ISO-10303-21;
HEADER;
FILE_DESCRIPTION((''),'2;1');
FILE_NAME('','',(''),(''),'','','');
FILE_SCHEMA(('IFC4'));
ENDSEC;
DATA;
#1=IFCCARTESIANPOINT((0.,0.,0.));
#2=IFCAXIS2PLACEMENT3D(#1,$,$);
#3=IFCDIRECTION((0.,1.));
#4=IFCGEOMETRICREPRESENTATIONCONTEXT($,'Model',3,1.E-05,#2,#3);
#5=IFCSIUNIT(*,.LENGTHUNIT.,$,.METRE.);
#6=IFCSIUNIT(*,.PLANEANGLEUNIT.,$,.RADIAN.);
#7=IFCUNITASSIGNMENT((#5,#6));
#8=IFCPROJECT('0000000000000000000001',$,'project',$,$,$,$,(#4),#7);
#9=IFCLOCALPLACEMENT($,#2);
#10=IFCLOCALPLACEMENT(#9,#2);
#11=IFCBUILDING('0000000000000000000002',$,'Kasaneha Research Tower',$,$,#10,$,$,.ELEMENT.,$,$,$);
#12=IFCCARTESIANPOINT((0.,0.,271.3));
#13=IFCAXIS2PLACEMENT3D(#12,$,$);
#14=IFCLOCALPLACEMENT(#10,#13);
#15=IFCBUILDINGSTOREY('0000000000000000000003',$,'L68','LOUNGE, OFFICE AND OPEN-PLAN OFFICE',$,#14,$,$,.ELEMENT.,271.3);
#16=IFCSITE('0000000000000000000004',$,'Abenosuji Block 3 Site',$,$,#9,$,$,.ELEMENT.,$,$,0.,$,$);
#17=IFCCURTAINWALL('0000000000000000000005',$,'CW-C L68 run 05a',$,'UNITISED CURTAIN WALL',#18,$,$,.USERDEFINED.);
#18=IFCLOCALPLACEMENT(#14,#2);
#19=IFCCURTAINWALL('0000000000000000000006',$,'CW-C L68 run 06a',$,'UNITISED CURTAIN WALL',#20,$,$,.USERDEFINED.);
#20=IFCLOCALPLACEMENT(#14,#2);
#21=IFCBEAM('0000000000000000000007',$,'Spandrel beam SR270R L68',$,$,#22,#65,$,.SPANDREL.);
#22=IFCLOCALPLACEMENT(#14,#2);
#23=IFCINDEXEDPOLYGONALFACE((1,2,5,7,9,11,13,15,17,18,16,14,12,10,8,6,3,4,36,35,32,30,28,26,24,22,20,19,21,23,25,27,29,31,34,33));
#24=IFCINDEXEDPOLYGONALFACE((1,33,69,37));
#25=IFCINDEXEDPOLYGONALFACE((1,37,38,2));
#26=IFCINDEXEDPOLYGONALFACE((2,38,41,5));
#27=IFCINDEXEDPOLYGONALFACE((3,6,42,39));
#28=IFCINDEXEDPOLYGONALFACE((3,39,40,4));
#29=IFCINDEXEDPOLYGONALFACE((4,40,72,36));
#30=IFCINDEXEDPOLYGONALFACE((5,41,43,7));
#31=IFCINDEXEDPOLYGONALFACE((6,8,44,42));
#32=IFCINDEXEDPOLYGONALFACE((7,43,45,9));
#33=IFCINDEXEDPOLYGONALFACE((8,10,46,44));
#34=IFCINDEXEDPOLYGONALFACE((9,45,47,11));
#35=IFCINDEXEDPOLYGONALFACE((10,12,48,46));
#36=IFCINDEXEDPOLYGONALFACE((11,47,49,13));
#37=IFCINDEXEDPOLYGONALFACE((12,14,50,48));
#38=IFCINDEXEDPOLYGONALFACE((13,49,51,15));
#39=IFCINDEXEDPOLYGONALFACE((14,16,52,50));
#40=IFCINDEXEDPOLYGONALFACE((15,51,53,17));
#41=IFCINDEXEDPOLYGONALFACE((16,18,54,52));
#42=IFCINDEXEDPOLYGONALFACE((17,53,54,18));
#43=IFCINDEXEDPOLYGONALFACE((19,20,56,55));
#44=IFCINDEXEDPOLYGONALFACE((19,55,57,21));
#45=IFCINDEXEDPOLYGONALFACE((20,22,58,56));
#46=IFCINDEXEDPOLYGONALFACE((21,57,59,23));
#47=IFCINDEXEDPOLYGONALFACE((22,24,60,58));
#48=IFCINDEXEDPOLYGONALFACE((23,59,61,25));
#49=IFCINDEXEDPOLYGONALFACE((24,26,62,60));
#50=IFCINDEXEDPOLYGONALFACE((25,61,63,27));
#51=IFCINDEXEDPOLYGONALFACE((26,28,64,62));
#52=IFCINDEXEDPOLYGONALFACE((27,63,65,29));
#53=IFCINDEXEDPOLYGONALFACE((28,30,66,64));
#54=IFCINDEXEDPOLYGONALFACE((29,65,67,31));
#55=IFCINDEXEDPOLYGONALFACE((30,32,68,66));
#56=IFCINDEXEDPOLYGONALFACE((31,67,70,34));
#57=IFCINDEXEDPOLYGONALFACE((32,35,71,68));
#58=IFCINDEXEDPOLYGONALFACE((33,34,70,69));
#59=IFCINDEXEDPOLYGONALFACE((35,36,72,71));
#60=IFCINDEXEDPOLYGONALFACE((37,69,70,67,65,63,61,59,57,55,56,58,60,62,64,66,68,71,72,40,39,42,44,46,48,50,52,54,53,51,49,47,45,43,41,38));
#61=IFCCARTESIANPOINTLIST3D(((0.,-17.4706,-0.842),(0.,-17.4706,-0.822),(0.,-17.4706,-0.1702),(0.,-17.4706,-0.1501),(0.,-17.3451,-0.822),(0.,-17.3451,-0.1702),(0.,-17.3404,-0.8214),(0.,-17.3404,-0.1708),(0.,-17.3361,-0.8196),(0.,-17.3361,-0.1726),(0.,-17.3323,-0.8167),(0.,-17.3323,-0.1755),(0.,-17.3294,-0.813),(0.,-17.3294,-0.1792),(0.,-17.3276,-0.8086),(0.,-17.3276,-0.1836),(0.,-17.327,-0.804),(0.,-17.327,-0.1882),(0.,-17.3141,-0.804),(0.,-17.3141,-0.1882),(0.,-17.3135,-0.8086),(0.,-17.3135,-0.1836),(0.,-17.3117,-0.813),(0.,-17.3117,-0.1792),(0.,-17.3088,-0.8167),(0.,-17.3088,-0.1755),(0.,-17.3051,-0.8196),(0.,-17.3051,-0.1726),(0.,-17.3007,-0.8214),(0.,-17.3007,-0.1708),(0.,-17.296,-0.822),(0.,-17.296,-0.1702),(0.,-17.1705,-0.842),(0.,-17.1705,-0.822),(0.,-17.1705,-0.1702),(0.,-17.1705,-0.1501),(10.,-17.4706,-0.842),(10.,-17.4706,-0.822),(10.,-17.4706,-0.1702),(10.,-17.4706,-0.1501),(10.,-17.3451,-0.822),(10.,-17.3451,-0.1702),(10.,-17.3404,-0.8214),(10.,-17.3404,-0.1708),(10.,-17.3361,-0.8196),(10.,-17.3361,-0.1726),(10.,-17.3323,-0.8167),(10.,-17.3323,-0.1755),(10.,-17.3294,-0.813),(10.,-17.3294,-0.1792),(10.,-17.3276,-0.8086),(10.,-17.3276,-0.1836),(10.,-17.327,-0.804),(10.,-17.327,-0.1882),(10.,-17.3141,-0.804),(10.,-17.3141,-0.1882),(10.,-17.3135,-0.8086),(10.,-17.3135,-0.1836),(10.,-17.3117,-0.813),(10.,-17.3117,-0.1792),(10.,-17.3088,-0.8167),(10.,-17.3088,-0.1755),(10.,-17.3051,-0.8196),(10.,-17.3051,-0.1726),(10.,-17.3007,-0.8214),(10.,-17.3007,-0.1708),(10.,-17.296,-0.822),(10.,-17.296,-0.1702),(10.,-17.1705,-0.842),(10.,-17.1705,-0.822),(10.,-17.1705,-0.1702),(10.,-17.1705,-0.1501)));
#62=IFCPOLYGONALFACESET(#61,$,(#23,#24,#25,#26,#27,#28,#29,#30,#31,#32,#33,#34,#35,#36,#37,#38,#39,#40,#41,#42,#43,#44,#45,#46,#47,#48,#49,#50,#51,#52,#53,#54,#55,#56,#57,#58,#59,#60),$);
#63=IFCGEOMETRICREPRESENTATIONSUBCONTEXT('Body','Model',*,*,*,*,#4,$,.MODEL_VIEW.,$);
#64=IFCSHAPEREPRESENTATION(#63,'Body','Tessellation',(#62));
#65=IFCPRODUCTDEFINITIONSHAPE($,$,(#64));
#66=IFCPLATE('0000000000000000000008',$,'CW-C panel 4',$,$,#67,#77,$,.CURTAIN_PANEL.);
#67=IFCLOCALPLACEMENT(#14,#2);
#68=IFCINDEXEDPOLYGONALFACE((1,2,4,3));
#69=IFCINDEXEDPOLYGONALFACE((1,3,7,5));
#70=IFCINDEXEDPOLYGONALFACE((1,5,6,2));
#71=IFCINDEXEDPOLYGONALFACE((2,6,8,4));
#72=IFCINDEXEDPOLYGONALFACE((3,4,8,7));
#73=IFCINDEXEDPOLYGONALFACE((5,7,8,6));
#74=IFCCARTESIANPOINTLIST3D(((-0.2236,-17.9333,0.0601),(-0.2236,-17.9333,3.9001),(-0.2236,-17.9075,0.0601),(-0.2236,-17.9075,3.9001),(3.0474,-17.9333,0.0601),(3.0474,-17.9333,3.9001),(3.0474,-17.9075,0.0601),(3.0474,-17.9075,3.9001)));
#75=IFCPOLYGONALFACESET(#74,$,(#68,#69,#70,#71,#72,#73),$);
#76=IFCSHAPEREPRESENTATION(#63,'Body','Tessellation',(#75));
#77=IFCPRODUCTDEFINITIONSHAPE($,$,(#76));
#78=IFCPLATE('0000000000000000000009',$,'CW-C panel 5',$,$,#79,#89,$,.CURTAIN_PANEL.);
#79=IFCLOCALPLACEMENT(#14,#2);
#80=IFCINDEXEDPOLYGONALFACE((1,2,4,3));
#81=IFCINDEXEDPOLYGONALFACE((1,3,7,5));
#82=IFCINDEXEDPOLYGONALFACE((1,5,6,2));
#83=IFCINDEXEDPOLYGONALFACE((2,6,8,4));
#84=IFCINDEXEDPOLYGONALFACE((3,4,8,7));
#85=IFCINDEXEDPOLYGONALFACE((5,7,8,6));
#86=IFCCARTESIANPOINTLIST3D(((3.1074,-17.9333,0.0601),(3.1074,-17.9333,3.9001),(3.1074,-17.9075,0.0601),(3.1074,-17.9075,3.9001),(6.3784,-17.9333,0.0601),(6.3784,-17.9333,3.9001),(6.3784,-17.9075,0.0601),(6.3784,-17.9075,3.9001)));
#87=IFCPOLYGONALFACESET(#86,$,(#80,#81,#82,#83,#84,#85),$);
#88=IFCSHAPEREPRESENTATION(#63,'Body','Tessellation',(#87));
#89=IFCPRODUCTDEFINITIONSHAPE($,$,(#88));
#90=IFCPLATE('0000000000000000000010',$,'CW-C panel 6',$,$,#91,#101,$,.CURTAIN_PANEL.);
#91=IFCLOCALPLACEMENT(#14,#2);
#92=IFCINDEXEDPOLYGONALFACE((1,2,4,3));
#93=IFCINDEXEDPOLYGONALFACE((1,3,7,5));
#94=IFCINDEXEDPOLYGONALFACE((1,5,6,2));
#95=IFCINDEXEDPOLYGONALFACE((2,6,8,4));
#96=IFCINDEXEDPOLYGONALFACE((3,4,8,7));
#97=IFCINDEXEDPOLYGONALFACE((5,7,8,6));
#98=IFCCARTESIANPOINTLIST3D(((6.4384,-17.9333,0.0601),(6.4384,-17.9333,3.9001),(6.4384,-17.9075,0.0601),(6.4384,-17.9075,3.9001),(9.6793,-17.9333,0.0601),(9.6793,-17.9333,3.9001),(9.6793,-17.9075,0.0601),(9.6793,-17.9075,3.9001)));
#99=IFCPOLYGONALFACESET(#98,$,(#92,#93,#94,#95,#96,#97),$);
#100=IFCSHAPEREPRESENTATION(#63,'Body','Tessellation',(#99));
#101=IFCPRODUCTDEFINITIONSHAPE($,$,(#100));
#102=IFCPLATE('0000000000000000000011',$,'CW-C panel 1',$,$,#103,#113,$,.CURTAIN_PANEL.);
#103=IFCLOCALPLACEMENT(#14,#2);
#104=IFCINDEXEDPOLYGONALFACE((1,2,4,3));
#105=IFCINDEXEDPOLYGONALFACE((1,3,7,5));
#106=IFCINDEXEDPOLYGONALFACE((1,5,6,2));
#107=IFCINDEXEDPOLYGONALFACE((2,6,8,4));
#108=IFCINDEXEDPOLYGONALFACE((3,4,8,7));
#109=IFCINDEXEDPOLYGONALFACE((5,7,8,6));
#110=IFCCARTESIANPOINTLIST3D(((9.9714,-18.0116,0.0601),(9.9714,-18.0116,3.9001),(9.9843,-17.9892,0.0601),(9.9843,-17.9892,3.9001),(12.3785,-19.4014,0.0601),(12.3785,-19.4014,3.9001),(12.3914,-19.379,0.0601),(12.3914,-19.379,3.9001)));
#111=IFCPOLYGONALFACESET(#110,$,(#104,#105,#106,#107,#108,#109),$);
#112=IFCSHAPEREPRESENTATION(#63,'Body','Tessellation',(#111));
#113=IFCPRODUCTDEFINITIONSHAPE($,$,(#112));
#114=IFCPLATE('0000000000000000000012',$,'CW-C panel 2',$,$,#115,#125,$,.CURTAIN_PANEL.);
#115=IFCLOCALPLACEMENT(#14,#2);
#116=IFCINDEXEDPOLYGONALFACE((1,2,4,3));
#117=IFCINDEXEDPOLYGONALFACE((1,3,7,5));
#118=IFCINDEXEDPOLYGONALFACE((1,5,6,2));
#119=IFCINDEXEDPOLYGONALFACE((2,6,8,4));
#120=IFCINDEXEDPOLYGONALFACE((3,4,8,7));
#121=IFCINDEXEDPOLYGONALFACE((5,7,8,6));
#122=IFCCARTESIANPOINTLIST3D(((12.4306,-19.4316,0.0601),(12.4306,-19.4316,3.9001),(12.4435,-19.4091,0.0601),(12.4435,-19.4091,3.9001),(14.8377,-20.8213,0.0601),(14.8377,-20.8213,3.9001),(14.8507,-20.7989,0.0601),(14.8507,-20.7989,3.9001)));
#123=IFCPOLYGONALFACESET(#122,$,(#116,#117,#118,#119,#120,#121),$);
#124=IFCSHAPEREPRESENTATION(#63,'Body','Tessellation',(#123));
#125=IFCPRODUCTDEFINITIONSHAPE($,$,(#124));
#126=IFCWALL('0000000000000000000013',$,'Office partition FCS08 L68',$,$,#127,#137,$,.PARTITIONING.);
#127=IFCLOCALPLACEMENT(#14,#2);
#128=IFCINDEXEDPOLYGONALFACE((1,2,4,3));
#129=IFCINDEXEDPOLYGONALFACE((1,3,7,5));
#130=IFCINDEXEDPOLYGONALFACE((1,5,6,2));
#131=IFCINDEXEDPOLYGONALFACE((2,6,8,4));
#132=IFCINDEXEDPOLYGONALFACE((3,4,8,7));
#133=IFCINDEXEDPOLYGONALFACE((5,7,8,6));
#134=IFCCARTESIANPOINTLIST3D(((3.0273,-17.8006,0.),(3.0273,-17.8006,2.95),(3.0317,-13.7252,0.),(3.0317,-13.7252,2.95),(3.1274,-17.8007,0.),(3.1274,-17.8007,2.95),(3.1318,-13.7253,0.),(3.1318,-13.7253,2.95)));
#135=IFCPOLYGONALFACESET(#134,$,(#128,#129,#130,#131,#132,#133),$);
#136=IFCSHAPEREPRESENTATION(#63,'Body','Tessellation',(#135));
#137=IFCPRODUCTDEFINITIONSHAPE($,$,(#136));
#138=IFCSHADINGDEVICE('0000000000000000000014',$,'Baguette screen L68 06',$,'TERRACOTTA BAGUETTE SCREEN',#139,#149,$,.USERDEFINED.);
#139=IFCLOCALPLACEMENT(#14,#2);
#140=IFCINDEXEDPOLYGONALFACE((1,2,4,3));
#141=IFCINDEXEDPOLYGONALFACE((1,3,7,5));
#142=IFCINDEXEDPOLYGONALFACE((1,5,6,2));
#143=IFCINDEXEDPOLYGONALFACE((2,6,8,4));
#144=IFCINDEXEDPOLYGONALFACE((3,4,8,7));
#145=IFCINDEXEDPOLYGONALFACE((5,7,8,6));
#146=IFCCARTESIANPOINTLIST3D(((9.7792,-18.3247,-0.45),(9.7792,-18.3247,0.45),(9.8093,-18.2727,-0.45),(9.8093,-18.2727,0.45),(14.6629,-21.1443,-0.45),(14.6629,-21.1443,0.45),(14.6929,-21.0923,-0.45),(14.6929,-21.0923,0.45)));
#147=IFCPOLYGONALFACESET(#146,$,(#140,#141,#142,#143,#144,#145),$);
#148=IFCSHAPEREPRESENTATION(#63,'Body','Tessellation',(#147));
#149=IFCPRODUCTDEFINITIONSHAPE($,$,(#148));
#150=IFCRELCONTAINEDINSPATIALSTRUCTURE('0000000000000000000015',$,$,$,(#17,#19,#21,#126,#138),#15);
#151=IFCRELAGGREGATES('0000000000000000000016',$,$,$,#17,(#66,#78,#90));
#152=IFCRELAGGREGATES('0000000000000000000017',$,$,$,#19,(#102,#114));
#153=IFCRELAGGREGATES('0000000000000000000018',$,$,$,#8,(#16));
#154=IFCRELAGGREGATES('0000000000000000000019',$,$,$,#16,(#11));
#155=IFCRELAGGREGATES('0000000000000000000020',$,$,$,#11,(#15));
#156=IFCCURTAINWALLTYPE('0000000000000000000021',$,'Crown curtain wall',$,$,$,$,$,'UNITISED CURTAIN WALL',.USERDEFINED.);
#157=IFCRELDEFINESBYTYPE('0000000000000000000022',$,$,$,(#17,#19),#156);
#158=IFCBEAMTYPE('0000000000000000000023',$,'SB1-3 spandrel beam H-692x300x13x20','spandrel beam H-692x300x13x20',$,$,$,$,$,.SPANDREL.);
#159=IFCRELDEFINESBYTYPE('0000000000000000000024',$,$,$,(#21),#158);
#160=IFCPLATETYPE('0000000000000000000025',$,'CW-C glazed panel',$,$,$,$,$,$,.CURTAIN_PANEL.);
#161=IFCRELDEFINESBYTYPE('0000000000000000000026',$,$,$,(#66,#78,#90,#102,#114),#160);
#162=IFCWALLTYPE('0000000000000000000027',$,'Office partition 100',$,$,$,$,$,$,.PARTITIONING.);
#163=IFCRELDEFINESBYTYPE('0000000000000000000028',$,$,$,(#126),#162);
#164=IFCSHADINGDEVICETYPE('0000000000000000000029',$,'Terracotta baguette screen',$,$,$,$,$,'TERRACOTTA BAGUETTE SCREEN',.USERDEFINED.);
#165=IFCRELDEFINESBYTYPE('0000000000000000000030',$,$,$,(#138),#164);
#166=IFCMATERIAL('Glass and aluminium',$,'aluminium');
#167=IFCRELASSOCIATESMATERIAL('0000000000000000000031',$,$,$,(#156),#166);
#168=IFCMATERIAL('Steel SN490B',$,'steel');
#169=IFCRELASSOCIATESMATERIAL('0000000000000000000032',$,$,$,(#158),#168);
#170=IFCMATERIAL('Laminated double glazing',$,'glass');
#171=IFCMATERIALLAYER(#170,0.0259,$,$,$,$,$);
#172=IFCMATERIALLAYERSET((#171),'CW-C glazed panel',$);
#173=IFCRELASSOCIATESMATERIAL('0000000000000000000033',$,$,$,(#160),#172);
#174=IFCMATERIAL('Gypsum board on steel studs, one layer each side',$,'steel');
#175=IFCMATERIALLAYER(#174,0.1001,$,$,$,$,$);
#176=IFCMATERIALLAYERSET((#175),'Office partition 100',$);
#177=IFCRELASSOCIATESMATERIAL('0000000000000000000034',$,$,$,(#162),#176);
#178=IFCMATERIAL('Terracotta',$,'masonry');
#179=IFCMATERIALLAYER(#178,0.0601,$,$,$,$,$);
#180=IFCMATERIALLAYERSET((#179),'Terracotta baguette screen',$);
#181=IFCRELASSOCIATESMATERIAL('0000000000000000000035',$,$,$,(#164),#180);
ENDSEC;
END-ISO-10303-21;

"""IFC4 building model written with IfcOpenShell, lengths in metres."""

from ifc_helpers import new_model, si_unit, direction, frame, frame_2d, origin, origin_2d, place, context, subcontext, project, spatial, rectangle, i_section, extrude, material, layer, layer_set, material_profile, profile_set, type_object, element, aggregate, save


model = new_model("IFC4")

# Units and contexts
model_context = context("Model", 3, precision=1e-05, world=origin(), true_north=direction((0.0, 1.0)))
body_context = subcontext(model_context, "Body", "Model", "MODEL_VIEW")
ifc_project = project(units=[si_unit("LENGTHUNIT", "METRE"), si_unit("PLANEANGLEUNIT", "RADIAN")], contexts=[model_context])

# Site, building, storey
site_placement = place(None, origin())
site = spatial("IfcSite", under=ifc_project, at=site_placement, Name="Abenosuji Block 3 Site", CompositionType="ELEMENT", RefElevation=0.0)
building_placement = place(site_placement, origin())
building = spatial("IfcBuilding", under=site, at=building_placement, Name="Kasaneha Research Tower", CompositionType="ELEMENT")
storey_placement = place(building_placement, frame((0.0, 0.0, 271.3)))
storey = spatial("IfcBuildingStorey", under=building, at=storey_placement, Name="L68", Description="LOUNGE, OFFICE AND OPEN-PLAN OFFICE", CompositionType="ELEMENT", Elevation=271.3)

# Curtain walls
ifc_material_1 = material(Name="Glass and aluminium", Category="aluminium")
curtain_wall_type = type_object("IfcCurtainWallType", Name="Crown curtain wall", ElementType="UNITISED CURTAIN WALL", PredefinedType="USERDEFINED", material=ifc_material_1)
curtain_wall_1_placement = place(storey_placement, origin())
curtain_wall_1 = element("IfcCurtainWall", 1, at=curtain_wall_1_placement, inside=storey, type_object=curtain_wall_type, Name="CW-C L68 run 05a", ObjectType="UNITISED CURTAIN WALL", PredefinedType="USERDEFINED")
curtain_wall_2_placement = place(storey_placement, origin())
curtain_wall_2 = element("IfcCurtainWall", 2, at=curtain_wall_2_placement, inside=storey, type_object=curtain_wall_type, Name="CW-C L68 run 06a", ObjectType="UNITISED CURTAIN WALL", PredefinedType="USERDEFINED")

# Beam
ifc_material_2 = material(Name="Steel SN490B", Category="steel")
ifc_material_profile_1 = material_profile(ifc_material_2, i_section(OverallWidth=0.3, OverallDepth=0.6919, WebThickness=0.0129, FlangeThickness=0.02, FilletRadius=0.0181, at=origin_2d()), Name="H-692x300x13x20")
ifc_profile_set_1 = profile_set([ifc_material_profile_1], Name="Steel SN490B")
beam_type_1 = type_object("IfcBeamType", Name="SB1-3 spandrel beam H-692x300x13x20", Description="spandrel beam H-692x300x13x20", PredefinedType="SPANDREL", material=ifc_profile_set_1)
beam_1_placement = place(storey_placement, frame((10.0, -17.3206, -0.4961), z_axis=(-1.0, 0.0, 0.0), x_axis=(0.0, -1.0, 0.0)))
element("IfcBeam", 3, at=beam_1_placement, inside=storey, type_object=beam_type_1, Name="Spandrel beam SR270R L68", PredefinedType="SPANDREL", context=body_context, shape_type="SweptSolid", body=[
    extrude(i_section(OverallWidth=0.3, OverallDepth=0.6919, WebThickness=0.0129, FlangeThickness=0.02, FilletRadius=0.0181, at=origin_2d()), origin(), (0.0, 0.0, 1.0), 10.0),
])

# Plates
ifc_material_3 = material(Name="Laminated double glazing", Category="glass")
ifc_layer_1 = layer(ifc_material_3, 0.0259)
ifc_layer_set_1 = layer_set([ifc_layer_1], Name="CW-C glazed panel")
plate_type = type_object("IfcPlateType", Name="CW-C glazed panel", PredefinedType="CURTAIN_PANEL", material=ifc_layer_set_1)
plate_1_placement = place(storey_placement, frame((1.4119, -17.9204, 0.0601), z_axis=(0.0, 0.0, 1.0), x_axis=(1.0, 0.0, 0.0)))
plate_1 = element("IfcPlate", 4, at=plate_1_placement, type_object=plate_type, Name="CW-C panel 4", PredefinedType="CURTAIN_PANEL", context=body_context, shape_type="SweptSolid", body=[
    extrude(rectangle(XDim=3.271, YDim=0.0259, at=origin_2d()), origin(), (0.0, 0.0, 1.0), 3.8401),
])
plate_2_placement = place(storey_placement, frame((4.7429, -17.9204, 0.0601), z_axis=(0.0, 0.0, 1.0), x_axis=(1.0, 0.0, 0.0)))
plate_2 = element("IfcPlate", 5, at=plate_2_placement, type_object=plate_type, Name="CW-C panel 5", PredefinedType="CURTAIN_PANEL", context=body_context, shape_type="SweptSolid", body=[
    extrude(rectangle(XDim=3.271, YDim=0.0259, at=origin_2d()), origin(), (0.0, 0.0, 1.0), 3.8401),
])
plate_3_placement = place(storey_placement, frame((8.0588, -17.9204, 0.0601), z_axis=(0.0, 0.0, 1.0), x_axis=(1.0, 0.0, 0.0)))
plate_3 = element("IfcPlate", 6, at=plate_3_placement, type_object=plate_type, Name="CW-C panel 6", PredefinedType="CURTAIN_PANEL", context=body_context, shape_type="SweptSolid", body=[
    extrude(rectangle(XDim=3.241, YDim=0.0259, at=origin_2d()), origin(), (0.0, 0.0, 1.0), 3.8401),
])
aggregate(curtain_wall_1, [plate_1, plate_2, plate_3])
plate_4_placement = place(storey_placement, frame((11.1814, -18.6953, 0.0601), z_axis=(0.0, 0.0, 1.0), x_axis=(0.866025, -0.5, 0.0)))
plate_4 = element("IfcPlate", 7, at=plate_4_placement, type_object=plate_type, Name="CW-C panel 1", PredefinedType="CURTAIN_PANEL", context=body_context, shape_type="SweptSolid", body=[
    extrude(rectangle(XDim=2.7795, YDim=0.0259, at=origin_2d()), origin(), (0.0, 0.0, 1.0), 3.8401),
])
plate_5_placement = place(storey_placement, frame((13.6406, -20.1152, 0.0601), z_axis=(0.0, 0.0, 1.0), x_axis=(0.866025, -0.5, 0.0)))
plate_5 = element("IfcPlate", 8, at=plate_5_placement, type_object=plate_type, Name="CW-C panel 2", PredefinedType="CURTAIN_PANEL", context=body_context, shape_type="SweptSolid", body=[
    extrude(rectangle(XDim=2.7795, YDim=0.0259, at=origin_2d()), origin(), (0.0, 0.0, 1.0), 3.8401),
])
aggregate(curtain_wall_2, [plate_4, plate_5])

# Wall
ifc_material_4 = material(Name="Gypsum board on steel studs, one layer each side", Category="steel")
ifc_layer_2 = layer(ifc_material_4, 0.1001)
ifc_layer_set_2 = layer_set([ifc_layer_2], Name="Office partition 100")
wall_type = type_object("IfcWallType", Name="Office partition 100", PredefinedType="PARTITIONING", material=ifc_layer_set_2)
wall_placement = place(storey_placement, frame((3.0774, -17.8005, 0.0), z_axis=(0.0, 0.0, 1.0), x_axis=(0.001078, 0.999999, 0.0)))
element("IfcWall", 9, at=wall_placement, inside=storey, type_object=wall_type, Name="Office partition FCS08 L68", PredefinedType="PARTITIONING", context=body_context, shape_type="SweptSolid", body=[
    extrude(rectangle(XDim=4.0754, YDim=0.1001, at=frame_2d((2.0376, 0.0))), origin(), (0.0, 0.0, 1.0), 2.95),
])

# Shading device
ifc_material_5 = material(Name="Terracotta", Category="masonry")
ifc_layer_3 = layer(ifc_material_5, 0.0601)
ifc_layer_set_3 = layer_set([ifc_layer_3], Name="Terracotta baguette screen")
shading_device_type = type_object("IfcShadingDeviceType", Name="Terracotta baguette screen", ElementType="TERRACOTTA BAGUETTE SCREEN", PredefinedType="USERDEFINED", material=ifc_layer_set_3)
shading_device_placement = place(storey_placement, frame((12.2361, -19.7085, -0.45), z_axis=(0.0, 0.0, 1.0), x_axis=(0.866025, -0.5, 0.0)))
element("IfcShadingDevice", 10, at=shading_device_placement, inside=storey, type_object=shading_device_type, Name="Baguette screen L68 06", ObjectType="TERRACOTTA BAGUETTE SCREEN", PredefinedType="USERDEFINED", context=body_context, shape_type="SweptSolid", body=[
    extrude(rectangle(XDim=5.6392, YDim=0.0601, at=origin_2d()), origin(), (0.0, 0.0, 1.0), 0.8999),
])

save(model, "model.ifc")
